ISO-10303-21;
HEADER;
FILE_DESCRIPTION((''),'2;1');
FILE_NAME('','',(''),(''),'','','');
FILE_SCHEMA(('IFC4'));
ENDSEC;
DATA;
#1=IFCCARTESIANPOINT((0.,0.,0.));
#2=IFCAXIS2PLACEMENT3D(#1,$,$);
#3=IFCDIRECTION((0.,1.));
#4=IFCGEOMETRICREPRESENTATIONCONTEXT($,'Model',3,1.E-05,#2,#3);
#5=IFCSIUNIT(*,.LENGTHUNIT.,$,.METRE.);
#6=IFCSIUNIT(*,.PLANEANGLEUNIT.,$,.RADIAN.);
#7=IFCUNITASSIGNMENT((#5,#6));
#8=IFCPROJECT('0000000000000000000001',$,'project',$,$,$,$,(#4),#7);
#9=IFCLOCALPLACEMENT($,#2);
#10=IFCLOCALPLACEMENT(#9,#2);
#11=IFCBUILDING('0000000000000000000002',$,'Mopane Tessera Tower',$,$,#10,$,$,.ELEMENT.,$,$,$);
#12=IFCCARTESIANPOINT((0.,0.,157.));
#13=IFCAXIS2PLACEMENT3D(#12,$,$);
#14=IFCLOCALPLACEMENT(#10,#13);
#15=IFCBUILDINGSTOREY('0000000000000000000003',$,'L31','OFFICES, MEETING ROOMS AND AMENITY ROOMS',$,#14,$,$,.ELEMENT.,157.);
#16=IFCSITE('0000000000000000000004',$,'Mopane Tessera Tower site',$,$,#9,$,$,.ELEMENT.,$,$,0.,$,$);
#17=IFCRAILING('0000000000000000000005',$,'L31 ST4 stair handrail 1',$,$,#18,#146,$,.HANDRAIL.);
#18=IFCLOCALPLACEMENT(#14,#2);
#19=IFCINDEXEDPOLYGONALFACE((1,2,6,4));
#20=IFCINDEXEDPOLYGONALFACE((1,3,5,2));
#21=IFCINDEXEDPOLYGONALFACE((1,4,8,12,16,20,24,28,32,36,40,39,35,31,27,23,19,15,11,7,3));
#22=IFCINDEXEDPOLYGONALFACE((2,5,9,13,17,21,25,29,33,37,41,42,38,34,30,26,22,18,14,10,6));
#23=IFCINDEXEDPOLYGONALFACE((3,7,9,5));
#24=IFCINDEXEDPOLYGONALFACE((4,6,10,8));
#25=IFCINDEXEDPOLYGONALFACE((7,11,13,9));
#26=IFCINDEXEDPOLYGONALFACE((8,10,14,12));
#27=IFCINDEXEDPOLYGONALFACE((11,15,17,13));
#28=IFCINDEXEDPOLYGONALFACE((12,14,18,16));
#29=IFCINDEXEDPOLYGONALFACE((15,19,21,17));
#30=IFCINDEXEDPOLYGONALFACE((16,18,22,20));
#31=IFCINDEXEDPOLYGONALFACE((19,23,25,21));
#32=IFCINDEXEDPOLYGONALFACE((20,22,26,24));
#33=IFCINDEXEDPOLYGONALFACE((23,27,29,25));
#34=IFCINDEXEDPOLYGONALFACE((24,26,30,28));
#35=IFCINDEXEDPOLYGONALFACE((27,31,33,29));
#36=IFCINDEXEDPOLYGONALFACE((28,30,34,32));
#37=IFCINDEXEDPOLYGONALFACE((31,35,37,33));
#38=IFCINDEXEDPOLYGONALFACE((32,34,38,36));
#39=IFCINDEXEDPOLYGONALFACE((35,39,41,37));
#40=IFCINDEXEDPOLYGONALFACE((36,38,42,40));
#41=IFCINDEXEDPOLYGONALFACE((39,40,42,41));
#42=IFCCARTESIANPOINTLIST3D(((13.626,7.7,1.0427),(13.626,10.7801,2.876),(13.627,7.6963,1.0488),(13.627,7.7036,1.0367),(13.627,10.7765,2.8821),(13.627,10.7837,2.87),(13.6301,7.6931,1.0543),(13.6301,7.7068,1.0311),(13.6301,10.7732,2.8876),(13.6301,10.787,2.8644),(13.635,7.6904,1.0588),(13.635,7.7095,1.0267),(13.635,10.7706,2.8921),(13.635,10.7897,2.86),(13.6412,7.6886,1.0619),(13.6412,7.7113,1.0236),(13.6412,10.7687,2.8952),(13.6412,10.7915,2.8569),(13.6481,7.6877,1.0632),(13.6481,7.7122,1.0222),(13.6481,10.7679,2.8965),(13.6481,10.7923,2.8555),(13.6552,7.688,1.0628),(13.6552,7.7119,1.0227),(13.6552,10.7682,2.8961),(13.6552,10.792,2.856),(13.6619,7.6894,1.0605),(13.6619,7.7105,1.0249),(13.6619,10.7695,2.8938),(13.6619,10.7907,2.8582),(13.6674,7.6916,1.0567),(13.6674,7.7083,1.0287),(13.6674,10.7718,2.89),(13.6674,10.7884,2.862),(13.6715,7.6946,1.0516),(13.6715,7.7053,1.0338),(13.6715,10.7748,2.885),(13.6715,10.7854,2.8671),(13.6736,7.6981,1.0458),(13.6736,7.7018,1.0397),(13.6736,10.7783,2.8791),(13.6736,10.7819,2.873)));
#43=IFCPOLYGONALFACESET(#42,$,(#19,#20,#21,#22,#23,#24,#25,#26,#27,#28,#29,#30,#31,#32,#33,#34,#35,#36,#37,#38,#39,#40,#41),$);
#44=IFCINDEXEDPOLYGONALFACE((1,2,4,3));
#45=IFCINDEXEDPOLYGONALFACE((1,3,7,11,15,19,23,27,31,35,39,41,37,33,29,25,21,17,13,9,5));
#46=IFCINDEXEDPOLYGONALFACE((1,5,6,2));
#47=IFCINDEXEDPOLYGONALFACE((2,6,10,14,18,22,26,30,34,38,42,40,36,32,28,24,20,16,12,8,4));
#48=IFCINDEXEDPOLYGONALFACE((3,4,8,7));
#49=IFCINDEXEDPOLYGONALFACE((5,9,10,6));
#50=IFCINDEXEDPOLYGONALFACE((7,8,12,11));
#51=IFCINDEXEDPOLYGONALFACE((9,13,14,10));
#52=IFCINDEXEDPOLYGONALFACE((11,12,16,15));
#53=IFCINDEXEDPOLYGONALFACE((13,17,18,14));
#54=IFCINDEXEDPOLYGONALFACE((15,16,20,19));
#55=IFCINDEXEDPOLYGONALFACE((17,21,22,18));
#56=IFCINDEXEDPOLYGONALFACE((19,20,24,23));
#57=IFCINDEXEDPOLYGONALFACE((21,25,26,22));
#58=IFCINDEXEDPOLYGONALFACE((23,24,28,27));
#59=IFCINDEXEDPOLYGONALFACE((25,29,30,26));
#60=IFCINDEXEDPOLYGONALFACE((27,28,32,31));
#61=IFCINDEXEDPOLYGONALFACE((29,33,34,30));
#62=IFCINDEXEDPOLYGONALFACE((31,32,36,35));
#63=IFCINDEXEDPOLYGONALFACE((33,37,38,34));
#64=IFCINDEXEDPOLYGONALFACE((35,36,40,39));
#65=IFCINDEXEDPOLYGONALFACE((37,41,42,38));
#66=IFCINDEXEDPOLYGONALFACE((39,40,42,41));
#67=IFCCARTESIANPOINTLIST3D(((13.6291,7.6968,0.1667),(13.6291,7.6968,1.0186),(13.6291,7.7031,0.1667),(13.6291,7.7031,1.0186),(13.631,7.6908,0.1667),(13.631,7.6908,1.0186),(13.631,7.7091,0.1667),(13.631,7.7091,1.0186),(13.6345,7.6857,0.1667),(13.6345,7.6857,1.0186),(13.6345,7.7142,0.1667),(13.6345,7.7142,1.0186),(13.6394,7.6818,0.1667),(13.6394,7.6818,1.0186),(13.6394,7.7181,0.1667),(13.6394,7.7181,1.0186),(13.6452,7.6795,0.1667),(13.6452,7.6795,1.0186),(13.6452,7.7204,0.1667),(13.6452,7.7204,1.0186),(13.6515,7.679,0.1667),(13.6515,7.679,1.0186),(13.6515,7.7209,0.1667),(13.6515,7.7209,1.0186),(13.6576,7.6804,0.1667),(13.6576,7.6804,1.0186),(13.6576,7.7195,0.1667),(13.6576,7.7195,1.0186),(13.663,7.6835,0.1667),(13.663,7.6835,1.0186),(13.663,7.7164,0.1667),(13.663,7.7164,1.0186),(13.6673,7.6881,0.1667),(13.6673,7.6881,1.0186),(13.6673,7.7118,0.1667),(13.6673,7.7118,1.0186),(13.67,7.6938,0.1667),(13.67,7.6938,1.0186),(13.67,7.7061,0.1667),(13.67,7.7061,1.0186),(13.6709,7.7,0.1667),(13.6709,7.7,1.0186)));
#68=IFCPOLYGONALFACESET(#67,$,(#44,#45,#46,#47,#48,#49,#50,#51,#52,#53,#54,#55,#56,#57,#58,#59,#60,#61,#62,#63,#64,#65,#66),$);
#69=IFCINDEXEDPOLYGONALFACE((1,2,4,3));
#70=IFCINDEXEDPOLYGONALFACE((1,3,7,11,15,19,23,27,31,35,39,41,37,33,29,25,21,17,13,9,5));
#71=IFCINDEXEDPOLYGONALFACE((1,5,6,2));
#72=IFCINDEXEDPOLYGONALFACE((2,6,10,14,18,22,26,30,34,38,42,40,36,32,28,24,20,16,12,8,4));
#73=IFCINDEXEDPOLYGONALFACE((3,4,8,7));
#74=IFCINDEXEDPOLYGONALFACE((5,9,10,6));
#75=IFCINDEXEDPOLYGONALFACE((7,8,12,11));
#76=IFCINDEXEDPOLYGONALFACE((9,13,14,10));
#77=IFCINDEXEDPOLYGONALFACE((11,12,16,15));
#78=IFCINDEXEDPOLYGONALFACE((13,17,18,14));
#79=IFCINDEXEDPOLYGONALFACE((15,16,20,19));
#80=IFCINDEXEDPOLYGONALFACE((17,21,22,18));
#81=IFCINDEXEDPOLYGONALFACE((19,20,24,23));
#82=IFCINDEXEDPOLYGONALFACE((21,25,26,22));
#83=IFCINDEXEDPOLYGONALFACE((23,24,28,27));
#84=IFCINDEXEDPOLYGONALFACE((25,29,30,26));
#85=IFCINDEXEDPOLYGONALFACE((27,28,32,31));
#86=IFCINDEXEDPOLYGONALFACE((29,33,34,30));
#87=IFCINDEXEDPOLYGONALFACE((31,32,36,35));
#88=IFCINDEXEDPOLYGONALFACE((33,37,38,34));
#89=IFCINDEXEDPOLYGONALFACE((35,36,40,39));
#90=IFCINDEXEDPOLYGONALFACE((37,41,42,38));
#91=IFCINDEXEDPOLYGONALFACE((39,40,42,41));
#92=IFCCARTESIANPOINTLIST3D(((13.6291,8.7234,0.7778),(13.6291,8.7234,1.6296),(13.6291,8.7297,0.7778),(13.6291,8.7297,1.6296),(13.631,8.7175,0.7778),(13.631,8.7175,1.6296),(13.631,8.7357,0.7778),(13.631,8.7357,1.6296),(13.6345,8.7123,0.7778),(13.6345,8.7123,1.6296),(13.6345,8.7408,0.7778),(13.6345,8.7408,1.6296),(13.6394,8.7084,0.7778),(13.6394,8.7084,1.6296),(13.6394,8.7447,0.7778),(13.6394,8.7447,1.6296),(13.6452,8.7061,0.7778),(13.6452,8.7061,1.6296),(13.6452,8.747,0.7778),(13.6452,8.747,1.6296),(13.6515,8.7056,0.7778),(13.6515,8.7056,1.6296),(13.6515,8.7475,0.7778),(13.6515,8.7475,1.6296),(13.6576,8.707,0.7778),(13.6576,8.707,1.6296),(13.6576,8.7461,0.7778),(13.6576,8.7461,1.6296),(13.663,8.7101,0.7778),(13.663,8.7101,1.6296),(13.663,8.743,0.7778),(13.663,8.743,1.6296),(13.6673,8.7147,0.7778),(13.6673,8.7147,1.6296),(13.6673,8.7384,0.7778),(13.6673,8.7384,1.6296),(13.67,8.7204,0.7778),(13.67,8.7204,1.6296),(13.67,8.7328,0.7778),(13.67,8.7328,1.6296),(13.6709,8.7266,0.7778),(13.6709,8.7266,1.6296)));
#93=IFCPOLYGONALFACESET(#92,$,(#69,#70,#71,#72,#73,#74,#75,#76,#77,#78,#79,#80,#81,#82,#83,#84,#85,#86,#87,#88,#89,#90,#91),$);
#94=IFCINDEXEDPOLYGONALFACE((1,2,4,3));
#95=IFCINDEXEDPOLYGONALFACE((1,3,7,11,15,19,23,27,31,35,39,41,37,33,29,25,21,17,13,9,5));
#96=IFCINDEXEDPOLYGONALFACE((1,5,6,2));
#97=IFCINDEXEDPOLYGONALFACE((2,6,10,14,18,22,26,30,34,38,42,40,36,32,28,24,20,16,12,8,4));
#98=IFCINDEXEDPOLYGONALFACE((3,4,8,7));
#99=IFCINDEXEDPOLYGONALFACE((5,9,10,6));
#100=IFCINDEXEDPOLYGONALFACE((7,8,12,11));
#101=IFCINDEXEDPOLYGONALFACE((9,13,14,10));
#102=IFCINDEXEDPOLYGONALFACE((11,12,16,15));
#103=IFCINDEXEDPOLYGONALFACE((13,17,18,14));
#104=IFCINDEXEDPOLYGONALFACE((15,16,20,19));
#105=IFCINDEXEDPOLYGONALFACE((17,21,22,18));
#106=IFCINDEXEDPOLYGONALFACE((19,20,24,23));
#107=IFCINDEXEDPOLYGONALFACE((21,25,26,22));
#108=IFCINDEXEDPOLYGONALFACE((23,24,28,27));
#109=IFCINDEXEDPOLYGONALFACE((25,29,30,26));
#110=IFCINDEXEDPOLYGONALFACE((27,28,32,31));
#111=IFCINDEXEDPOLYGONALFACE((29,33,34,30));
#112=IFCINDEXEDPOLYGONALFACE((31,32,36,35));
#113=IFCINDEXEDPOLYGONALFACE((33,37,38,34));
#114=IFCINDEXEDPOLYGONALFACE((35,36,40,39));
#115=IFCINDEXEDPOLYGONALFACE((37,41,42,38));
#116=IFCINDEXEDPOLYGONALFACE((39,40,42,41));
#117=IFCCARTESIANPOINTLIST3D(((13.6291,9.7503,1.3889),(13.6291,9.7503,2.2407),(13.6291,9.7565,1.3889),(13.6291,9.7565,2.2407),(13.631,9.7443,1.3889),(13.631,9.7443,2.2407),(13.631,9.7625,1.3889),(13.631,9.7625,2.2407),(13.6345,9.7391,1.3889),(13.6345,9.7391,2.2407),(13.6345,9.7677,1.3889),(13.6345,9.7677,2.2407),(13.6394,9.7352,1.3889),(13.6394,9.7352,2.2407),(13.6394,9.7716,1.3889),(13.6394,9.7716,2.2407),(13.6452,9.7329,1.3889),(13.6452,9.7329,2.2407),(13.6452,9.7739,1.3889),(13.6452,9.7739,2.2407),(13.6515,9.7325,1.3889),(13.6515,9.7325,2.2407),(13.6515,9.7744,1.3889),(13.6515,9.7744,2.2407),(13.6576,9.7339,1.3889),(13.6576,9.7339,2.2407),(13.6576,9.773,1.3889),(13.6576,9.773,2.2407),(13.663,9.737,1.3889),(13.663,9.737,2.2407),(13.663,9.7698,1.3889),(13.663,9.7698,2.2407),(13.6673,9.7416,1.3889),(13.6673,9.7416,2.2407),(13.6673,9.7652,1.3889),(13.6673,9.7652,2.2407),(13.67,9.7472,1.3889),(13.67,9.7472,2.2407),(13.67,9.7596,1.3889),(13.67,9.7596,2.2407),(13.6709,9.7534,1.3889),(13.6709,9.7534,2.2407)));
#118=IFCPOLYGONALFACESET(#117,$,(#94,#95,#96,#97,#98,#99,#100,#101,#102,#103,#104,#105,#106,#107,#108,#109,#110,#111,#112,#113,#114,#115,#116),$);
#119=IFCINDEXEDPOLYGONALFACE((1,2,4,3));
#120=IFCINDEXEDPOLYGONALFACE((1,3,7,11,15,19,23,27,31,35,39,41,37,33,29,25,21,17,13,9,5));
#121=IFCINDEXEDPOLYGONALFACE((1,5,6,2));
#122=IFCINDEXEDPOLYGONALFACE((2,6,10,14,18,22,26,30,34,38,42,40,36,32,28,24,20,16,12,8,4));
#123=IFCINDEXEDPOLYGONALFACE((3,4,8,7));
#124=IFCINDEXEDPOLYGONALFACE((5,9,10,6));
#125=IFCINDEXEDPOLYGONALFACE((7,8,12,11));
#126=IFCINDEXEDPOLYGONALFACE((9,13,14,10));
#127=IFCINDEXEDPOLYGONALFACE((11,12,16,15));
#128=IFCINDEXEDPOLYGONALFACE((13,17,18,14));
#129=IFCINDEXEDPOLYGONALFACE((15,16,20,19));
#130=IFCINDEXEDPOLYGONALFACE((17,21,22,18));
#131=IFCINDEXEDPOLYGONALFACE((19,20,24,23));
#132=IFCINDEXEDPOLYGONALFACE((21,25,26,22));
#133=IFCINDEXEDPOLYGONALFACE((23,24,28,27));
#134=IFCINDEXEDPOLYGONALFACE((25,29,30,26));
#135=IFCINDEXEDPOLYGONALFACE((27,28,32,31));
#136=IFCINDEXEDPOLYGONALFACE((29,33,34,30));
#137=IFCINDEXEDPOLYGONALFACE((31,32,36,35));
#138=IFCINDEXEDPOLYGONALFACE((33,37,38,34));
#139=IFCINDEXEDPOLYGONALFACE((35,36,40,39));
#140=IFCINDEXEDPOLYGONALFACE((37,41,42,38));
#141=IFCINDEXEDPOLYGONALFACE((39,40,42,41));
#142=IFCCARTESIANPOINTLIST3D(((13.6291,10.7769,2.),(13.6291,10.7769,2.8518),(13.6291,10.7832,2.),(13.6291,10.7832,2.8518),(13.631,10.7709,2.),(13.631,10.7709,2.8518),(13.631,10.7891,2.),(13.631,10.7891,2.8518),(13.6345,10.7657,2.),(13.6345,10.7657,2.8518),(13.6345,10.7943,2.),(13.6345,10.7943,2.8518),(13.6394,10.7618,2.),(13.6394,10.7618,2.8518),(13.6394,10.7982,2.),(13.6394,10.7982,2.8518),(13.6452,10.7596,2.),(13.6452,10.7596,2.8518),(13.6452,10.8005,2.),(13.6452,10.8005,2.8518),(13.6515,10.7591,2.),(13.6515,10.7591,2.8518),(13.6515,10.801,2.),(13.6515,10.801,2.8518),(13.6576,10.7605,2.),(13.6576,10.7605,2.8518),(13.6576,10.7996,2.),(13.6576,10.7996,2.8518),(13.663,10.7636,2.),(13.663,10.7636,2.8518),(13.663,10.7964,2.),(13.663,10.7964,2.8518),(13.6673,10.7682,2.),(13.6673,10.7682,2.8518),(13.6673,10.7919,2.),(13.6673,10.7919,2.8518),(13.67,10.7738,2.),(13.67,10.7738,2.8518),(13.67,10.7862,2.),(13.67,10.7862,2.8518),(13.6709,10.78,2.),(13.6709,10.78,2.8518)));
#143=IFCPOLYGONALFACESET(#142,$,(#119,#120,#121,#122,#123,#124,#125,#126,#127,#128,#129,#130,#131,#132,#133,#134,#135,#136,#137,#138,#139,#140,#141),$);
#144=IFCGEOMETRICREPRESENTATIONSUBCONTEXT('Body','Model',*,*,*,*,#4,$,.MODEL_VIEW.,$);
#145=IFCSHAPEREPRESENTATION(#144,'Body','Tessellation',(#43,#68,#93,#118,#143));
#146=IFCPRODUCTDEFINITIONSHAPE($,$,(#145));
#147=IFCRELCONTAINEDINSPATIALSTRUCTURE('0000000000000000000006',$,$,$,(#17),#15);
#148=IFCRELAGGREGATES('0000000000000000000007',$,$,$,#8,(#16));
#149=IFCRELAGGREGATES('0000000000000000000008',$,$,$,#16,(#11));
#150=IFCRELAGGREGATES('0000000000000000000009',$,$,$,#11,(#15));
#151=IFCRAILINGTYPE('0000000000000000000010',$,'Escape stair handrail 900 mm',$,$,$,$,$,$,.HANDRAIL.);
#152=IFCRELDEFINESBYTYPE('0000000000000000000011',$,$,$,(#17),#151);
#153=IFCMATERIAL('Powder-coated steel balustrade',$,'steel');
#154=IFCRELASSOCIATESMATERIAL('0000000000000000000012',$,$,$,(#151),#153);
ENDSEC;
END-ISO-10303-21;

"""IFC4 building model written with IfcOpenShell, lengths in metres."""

from ifc_helpers import new_model, si_unit, direction, frame, origin, origin_2d, place, context, subcontext, project, spatial, circle, extrude, material, type_object, element, save


model = new_model("IFC4")

# Units and contexts
model_context = context("Model", 3, precision=1e-05, world=origin(), true_north=direction((0.0, 1.0)))
body_context = subcontext(model_context, "Body", "Model", "MODEL_VIEW")
ifc_project = project(units=[si_unit("LENGTHUNIT", "METRE"), si_unit("PLANEANGLEUNIT", "RADIAN")], contexts=[model_context])

# Site, building, storey
site_placement = place(None, origin())
site = spatial("IfcSite", under=ifc_project, at=site_placement, Name="Mopane Tessera Tower site", CompositionType="ELEMENT", RefElevation=0.0)
building_placement = place(site_placement, origin())
building = spatial("IfcBuilding", under=site, at=building_placement, Name="Mopane Tessera Tower", CompositionType="ELEMENT")
storey_placement = place(building_placement, frame((0.0, 0.0, 157.0)))
storey = spatial("IfcBuildingStorey", under=building, at=storey_placement, Name="L31", Description="OFFICES, MEETING ROOMS AND AMENITY ROOMS", CompositionType="ELEMENT", Elevation=157.0)

# Railing
ifc_material_1 = material(Name="Powder-coated steel balustrade", Category="steel")
railing_type_1 = type_object("IfcRailingType", Name="Escape stair handrail 900 mm", PredefinedType="HANDRAIL", material=ifc_material_1)
railing_1_placement = place(storey_placement, frame((13.6499, 7.7, 0.1667)))
element("IfcRailing", 1, at=railing_1_placement, inside=storey, type_object=railing_type_1, Name="L31 ST4 stair handrail 1", PredefinedType="HANDRAIL", context=body_context, shape_type="SweptSolid", body=[
    extrude(circle(Radius=0.0239, at=origin_2d()), frame((0.0, 0.0, 0.876), z_axis=(0.0, 0.859309, 0.511458), x_axis=(-1.0, 0.0, 0.0)), (0.0, 0.0, 1.0), 3.5845),
    extrude(circle(Radius=0.021, at=origin_2d()), origin(), (0.0, 0.0, 1.0), 0.8518),
    extrude(circle(Radius=0.021, at=origin_2d()), frame((0.0, 1.0266, 0.6111)), (0.0, 0.0, 1.0), 0.8518),
    extrude(circle(Radius=0.021, at=origin_2d()), frame((0.0, 2.0535, 1.2222)), (0.0, 0.0, 1.0), 0.8518),
    extrude(circle(Radius=0.021, at=origin_2d()), frame((0.0, 3.0801, 1.8333)), (0.0, 0.0, 1.0), 0.8518),
])

save(model, "model.ifc")
